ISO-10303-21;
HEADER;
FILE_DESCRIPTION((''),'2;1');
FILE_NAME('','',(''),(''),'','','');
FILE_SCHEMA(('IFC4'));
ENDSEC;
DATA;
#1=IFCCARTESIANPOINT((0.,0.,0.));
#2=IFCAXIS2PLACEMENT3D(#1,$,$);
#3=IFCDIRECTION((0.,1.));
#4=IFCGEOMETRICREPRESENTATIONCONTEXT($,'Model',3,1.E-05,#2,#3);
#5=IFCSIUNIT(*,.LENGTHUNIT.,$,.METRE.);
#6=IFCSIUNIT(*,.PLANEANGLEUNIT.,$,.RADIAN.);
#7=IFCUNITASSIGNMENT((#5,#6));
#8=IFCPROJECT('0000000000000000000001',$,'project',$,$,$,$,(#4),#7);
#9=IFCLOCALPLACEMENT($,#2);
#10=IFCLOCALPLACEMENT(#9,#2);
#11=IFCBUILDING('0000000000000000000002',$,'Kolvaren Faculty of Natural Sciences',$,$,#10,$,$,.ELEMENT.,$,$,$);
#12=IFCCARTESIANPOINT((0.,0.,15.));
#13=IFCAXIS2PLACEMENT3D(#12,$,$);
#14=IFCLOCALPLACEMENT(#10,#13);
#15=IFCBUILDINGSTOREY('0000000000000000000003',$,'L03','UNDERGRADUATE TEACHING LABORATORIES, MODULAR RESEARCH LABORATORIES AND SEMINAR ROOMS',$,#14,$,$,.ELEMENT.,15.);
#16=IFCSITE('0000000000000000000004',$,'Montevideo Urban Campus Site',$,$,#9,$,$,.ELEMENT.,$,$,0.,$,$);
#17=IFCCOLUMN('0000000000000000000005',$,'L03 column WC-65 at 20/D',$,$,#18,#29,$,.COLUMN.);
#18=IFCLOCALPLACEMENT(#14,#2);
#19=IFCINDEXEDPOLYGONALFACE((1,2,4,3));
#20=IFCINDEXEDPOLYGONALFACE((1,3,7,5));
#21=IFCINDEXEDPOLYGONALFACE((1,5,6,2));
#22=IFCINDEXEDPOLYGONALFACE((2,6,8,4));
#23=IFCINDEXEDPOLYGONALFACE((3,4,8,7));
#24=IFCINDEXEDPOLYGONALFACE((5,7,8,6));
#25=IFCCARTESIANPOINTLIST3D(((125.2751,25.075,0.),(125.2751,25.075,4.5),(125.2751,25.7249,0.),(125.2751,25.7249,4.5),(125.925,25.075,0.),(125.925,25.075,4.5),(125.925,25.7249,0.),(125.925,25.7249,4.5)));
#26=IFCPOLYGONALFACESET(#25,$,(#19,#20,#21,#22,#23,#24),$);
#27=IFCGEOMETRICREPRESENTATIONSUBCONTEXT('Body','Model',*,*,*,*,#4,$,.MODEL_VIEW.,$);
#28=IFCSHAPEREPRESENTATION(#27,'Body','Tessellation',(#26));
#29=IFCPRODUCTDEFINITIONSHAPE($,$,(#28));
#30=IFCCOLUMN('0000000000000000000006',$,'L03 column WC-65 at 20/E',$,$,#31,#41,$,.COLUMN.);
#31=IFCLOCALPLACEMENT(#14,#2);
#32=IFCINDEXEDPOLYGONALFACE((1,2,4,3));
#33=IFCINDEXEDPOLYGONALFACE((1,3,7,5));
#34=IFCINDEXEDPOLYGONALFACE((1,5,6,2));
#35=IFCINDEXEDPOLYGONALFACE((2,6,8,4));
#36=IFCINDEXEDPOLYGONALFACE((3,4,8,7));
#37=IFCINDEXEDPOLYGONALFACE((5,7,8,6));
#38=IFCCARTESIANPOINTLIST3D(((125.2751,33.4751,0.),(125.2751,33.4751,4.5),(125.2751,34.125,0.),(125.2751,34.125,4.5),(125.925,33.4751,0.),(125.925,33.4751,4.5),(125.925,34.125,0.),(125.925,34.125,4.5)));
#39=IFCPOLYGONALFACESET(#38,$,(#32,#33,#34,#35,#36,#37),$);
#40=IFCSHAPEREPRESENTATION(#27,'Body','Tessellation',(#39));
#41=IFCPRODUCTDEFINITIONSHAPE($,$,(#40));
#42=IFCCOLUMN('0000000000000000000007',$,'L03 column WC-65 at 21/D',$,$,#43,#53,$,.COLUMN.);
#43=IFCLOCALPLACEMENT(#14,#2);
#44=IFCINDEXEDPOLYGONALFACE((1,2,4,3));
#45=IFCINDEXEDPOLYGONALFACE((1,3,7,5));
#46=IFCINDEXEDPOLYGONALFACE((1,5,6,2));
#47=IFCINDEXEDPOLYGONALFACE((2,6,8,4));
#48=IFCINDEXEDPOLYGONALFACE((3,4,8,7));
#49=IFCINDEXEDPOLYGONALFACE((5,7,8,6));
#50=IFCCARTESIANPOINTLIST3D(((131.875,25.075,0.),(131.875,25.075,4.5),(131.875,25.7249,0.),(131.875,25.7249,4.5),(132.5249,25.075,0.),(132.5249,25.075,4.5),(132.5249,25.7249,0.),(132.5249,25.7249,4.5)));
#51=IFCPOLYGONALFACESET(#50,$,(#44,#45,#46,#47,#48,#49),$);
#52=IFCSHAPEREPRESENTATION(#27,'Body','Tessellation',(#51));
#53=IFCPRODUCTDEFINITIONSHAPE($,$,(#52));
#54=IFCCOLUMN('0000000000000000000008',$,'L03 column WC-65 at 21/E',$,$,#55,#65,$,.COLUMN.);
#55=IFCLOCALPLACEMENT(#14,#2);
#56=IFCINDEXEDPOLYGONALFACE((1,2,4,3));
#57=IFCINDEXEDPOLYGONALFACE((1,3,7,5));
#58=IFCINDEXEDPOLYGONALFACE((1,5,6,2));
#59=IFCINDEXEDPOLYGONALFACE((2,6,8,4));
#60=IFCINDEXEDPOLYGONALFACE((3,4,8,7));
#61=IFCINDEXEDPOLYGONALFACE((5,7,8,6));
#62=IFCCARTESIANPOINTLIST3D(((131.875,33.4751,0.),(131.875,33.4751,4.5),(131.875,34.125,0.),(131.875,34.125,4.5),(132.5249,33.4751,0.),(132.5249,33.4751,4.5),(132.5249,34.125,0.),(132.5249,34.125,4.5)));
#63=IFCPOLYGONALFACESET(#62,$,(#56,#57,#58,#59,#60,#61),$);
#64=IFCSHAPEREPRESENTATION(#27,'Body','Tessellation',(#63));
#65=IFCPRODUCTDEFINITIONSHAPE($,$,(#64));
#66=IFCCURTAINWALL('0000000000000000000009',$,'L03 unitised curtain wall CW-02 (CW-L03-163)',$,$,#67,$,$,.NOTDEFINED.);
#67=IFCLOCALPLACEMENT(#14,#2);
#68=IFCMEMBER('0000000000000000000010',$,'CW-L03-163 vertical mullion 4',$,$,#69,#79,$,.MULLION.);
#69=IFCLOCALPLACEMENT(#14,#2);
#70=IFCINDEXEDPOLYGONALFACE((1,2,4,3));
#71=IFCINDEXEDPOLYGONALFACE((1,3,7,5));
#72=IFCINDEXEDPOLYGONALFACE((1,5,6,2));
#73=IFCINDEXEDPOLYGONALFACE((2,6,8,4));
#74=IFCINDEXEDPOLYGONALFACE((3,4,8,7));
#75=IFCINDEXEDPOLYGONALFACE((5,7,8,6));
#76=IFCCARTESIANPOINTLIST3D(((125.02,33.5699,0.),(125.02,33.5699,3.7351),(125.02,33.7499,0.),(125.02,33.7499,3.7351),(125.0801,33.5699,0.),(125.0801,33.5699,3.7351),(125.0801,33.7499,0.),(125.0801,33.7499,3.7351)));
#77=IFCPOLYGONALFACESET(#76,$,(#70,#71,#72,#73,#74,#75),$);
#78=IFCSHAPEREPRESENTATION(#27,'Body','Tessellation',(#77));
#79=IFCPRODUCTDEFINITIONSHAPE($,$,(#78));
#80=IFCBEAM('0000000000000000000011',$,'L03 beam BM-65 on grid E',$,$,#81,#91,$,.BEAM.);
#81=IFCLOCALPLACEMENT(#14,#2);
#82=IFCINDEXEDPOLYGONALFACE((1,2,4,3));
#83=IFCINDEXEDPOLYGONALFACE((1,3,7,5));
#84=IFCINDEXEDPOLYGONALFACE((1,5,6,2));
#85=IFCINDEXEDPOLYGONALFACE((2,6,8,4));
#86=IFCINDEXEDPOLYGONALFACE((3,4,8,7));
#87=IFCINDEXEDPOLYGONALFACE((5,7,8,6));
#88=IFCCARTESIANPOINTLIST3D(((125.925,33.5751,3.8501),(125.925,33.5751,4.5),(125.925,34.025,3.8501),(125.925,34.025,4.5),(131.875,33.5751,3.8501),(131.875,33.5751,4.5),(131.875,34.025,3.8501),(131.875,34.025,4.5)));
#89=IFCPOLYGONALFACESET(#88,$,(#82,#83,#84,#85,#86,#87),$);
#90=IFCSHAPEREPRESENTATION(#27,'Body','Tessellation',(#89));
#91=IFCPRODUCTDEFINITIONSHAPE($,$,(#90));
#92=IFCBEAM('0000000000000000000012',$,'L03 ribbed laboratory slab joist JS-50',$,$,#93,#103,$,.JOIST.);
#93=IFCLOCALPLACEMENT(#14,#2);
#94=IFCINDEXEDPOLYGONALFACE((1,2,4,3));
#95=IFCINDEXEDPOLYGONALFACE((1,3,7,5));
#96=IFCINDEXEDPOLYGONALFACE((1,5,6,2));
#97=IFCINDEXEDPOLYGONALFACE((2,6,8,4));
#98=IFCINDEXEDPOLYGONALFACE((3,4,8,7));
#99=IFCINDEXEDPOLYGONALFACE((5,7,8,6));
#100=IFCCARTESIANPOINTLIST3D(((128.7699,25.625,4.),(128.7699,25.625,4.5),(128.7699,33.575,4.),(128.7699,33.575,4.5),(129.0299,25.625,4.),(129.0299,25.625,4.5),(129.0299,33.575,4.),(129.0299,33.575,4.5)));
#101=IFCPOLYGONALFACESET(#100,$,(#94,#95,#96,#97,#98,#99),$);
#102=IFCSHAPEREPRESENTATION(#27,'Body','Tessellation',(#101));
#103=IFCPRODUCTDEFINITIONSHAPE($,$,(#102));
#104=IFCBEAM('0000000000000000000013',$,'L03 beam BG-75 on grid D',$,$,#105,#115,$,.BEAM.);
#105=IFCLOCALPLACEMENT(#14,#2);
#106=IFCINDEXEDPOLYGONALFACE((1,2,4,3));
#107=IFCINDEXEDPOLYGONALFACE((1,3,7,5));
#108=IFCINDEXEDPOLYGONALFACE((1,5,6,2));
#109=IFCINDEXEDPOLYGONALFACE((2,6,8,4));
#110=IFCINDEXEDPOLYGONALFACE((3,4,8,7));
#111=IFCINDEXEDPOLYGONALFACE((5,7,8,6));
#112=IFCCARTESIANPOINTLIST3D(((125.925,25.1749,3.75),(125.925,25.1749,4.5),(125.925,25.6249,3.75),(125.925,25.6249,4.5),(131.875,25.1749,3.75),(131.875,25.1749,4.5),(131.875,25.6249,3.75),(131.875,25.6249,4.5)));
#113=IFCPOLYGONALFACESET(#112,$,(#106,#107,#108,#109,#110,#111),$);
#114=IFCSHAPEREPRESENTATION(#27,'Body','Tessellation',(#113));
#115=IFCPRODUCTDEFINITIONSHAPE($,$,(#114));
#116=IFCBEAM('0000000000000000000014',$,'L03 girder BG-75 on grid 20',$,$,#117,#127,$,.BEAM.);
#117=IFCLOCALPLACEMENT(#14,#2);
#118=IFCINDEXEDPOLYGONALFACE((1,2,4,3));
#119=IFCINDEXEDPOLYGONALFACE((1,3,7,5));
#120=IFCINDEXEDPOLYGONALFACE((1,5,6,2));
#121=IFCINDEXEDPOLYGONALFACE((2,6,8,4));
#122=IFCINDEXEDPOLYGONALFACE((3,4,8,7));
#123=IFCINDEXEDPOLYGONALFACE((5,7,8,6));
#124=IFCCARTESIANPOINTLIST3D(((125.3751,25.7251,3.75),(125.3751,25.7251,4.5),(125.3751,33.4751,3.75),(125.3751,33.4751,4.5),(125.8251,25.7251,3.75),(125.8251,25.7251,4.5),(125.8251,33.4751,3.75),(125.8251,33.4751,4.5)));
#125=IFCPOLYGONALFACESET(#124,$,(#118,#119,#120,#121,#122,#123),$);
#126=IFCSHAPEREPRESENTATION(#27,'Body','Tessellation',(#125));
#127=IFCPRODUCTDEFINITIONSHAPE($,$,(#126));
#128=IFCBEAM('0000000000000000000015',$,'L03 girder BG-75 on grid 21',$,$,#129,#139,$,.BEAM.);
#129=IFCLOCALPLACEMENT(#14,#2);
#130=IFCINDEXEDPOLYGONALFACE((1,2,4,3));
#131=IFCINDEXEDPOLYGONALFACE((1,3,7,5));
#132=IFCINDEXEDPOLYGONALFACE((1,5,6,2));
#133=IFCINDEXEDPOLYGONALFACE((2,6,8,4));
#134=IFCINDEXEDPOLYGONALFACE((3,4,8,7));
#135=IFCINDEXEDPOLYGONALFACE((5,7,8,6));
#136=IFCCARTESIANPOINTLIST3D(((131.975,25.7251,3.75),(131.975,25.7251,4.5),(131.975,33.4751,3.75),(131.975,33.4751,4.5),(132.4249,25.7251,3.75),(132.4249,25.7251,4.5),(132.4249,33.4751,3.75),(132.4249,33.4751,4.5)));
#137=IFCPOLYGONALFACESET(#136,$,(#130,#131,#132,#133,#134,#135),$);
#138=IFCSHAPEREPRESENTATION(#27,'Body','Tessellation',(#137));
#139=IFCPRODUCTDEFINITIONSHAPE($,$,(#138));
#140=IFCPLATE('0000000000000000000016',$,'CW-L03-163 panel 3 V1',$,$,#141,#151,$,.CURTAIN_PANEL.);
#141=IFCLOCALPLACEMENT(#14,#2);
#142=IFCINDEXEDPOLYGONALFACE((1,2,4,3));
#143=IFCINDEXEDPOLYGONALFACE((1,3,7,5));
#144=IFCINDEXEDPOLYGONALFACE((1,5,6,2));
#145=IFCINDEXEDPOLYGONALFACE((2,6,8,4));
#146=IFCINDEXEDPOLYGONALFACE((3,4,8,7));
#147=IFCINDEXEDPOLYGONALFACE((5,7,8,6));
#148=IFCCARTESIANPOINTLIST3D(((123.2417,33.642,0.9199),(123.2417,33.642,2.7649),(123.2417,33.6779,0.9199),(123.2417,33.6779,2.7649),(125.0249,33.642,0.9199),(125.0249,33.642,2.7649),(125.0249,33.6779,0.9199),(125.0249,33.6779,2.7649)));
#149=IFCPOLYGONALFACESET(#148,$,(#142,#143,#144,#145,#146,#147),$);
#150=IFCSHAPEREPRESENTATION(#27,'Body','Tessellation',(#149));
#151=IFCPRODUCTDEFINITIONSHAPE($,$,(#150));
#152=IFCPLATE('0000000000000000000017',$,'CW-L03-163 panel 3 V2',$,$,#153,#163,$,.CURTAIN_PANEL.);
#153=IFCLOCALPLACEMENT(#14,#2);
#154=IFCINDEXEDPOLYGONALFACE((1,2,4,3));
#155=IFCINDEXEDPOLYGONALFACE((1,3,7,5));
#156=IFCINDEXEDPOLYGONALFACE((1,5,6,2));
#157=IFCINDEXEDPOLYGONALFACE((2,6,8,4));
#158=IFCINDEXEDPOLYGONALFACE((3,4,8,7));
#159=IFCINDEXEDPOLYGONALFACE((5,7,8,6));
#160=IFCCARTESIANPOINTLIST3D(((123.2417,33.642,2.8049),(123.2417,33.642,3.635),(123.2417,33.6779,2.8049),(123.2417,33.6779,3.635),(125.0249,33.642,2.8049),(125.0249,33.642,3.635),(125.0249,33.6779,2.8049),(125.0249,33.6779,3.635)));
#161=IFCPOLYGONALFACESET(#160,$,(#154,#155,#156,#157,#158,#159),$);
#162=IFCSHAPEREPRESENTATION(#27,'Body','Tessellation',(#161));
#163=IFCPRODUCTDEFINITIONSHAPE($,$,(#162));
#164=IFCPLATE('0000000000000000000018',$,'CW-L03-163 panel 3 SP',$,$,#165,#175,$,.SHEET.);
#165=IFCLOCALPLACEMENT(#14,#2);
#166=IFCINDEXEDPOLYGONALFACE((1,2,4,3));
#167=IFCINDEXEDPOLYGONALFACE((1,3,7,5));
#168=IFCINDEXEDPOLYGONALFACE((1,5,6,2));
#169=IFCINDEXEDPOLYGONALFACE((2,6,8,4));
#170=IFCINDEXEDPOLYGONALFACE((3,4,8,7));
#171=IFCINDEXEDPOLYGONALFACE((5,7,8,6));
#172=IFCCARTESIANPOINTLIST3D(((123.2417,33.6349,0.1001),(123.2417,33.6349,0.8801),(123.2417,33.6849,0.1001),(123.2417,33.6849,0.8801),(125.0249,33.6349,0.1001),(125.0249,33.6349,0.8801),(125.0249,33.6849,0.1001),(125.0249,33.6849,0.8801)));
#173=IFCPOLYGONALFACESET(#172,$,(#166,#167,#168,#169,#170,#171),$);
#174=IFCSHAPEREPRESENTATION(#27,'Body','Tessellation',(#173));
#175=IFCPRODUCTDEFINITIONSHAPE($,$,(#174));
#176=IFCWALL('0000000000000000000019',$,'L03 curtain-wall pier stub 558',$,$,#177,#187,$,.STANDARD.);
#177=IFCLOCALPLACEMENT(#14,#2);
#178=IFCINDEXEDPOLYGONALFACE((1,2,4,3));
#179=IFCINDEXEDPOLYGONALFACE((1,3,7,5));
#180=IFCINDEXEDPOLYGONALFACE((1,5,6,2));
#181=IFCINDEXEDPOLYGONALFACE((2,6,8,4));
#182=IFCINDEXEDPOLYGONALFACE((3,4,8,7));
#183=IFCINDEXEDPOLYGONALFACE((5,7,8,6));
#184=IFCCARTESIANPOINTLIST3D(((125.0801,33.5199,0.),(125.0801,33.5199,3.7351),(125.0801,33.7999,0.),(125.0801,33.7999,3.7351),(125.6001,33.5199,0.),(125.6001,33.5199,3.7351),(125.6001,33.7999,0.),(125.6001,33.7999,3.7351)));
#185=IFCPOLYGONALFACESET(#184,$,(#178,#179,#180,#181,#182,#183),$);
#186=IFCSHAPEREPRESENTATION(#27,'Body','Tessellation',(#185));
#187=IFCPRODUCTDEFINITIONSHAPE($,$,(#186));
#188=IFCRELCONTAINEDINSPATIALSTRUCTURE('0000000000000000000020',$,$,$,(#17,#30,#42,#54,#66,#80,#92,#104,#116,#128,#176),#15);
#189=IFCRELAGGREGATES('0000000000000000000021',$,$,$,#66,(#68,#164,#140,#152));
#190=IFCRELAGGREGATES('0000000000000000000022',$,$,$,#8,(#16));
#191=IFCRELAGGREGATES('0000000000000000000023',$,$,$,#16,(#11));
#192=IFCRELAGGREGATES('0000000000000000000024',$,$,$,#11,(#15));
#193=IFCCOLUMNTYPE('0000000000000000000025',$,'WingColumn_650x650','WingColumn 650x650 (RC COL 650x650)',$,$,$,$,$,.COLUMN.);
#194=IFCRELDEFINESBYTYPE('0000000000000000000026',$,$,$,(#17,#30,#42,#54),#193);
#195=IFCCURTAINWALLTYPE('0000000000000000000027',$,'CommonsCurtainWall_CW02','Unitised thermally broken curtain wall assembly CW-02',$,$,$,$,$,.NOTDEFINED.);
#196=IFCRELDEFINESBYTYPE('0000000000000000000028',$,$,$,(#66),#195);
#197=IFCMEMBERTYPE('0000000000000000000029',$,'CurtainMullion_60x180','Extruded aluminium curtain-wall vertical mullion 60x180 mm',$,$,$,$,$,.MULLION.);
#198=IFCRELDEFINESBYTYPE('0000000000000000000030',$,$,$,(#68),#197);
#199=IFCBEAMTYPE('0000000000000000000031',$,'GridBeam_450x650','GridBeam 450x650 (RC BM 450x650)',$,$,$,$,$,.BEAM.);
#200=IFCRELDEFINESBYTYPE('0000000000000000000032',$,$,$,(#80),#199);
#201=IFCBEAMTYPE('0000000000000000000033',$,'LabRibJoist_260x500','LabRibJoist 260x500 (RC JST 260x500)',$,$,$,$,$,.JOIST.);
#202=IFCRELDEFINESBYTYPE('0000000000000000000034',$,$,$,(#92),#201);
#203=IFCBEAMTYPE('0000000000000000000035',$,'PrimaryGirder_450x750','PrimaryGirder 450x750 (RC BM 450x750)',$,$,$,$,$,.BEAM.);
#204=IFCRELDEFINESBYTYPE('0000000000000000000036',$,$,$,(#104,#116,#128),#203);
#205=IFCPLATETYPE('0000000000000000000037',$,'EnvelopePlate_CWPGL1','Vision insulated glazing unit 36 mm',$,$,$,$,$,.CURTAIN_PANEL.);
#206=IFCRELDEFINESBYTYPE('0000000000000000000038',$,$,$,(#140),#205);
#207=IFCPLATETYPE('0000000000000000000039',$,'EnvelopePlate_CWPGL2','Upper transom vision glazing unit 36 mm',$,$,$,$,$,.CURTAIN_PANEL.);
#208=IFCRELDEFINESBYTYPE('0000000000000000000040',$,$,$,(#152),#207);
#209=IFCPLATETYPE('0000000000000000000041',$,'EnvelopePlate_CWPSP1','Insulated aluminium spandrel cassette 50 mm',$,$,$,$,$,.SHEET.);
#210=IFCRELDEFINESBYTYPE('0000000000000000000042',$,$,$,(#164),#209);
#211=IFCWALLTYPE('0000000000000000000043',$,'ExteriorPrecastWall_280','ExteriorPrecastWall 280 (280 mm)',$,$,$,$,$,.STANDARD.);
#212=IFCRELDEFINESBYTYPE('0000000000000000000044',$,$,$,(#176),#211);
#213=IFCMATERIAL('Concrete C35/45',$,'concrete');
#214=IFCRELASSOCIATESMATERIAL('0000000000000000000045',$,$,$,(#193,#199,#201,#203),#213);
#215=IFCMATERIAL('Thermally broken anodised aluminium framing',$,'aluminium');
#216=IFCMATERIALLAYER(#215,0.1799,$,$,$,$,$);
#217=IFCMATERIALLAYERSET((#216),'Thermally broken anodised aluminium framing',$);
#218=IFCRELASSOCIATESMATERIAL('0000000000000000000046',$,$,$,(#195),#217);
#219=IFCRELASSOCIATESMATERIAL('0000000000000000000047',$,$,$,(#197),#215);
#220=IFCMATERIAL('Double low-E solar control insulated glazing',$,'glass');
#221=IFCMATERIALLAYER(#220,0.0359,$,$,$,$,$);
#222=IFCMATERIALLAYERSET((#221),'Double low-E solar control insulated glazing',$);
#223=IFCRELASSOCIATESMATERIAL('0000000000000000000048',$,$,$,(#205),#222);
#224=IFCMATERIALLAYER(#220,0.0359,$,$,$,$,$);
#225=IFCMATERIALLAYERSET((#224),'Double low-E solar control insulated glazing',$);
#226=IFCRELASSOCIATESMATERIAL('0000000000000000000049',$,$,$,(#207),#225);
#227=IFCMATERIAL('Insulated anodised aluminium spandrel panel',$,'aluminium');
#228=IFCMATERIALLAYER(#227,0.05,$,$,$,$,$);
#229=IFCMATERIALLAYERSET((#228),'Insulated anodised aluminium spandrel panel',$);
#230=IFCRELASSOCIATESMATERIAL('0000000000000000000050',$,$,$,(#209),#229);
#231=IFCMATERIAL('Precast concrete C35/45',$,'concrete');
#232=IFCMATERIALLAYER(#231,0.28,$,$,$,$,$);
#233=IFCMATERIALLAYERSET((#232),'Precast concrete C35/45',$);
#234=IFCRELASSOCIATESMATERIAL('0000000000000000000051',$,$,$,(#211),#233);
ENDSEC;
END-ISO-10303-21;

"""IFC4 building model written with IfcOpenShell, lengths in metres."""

from ifc_helpers import new_model, si_unit, direction, frame, frame_2d, origin, origin_2d, place, context, subcontext, project, spatial, rectangle, extrude, material, layer, layer_set, material_profile, profile_set, type_object, element, aggregate, save


model = new_model("IFC4")

# Units and contexts
model_context = context("Model", 3, precision=1e-05, world=origin(), true_north=direction((0.0, 1.0)))
body_context = subcontext(model_context, "Body", "Model", "MODEL_VIEW")
ifc_project = project(units=[si_unit("LENGTHUNIT", "METRE"), si_unit("PLANEANGLEUNIT", "RADIAN")], contexts=[model_context])

# Site, building, storey
site_placement = place(None, origin())
site = spatial("IfcSite", under=ifc_project, at=site_placement, Name="Montevideo Urban Campus Site", CompositionType="ELEMENT", RefElevation=0.0)
building_placement = place(site_placement, origin())
building = spatial("IfcBuilding", under=site, at=building_placement, Name="Kolvaren Faculty of Natural Sciences", CompositionType="ELEMENT")
storey_placement = place(building_placement, frame((0.0, 0.0, 15.0)))
storey = spatial("IfcBuildingStorey", under=building, at=storey_placement, Name="L03", Description="UNDERGRADUATE TEACHING LABORATORIES, MODULAR RESEARCH LABORATORIES AND SEMINAR ROOMS", CompositionType="ELEMENT", Elevation=15.0)

# Columns
ifc_material_1 = material(Name="Concrete C35/45", Category="concrete")
ifc_material_profile_1 = material_profile(ifc_material_1, rectangle(XDim=0.6499, YDim=0.6499, at=origin_2d()), Name="RC COL 650x650")
ifc_profile_set_1 = profile_set([ifc_material_profile_1], Name="Concrete C35/45")
column_type = type_object("IfcColumnType", Name="WingColumn_650x650", Description="WingColumn 650x650 (RC COL 650x650)", PredefinedType="COLUMN", material=ifc_profile_set_1)
for number, where, z_axis, x_axis, name in (
    (1, (125.6001, 25.3999, 0.0), (0.0, 0.0, 1.0), (1.0, 0.0, 0.0), "L03 column WC-65 at 20/D"),
    (2, (125.6001, 33.8, 0.0), (0.0, 0.0, 1.0), (1.0, 0.0, 0.0), "L03 column WC-65 at 20/E"),
    (3, (132.2, 25.3999, 0.0), (0.0, 0.0, 1.0), (1.0, 0.0, 0.0), "L03 column WC-65 at 21/D"),
    (4, (132.2, 33.8, 0.0), (0.0, 0.0, 1.0), (1.0, 0.0, 0.0), "L03 column WC-65 at 21/E"),
):
    element("IfcColumn", number, at=place(storey_placement, frame(where, z_axis=z_axis, x_axis=x_axis)), inside=storey, type_object=column_type, Name=name, PredefinedType="COLUMN", context=body_context, shape_type="SweptSolid", body=[
        extrude(rectangle(XDim=0.6499, YDim=0.6499, at=origin_2d()), origin(), (0.0, 0.0, 1.0), 4.5),
    ])

# Curtain wall, member
ifc_material_2 = material(Name="Thermally broken anodised aluminium framing", Category="aluminium")
ifc_layer_1 = layer(ifc_material_2, 0.1799)
ifc_layer_set_1 = layer_set([ifc_layer_1], Name="Thermally broken anodised aluminium framing")
curtain_wall_type = type_object("IfcCurtainWallType", Name="CommonsCurtainWall_CW02", Description="Unitised thermally broken curtain wall assembly CW-02", PredefinedType="NOTDEFINED", material=ifc_layer_set_1)
curtain_wall_placement = place(storey_placement, origin())
curtain_wall = element("IfcCurtainWall", 5, at=curtain_wall_placement, inside=storey, type_object=curtain_wall_type, Name="L03 unitised curtain wall CW-02 (CW-L03-163)", PredefinedType="NOTDEFINED")
ifc_material_profile_2 = material_profile(ifc_material_2, rectangle(XDim=0.0601, YDim=0.1799, at=origin_2d()), Name="ALU MUL 60x180")
ifc_profile_set_2 = profile_set([ifc_material_profile_2], Name="Thermally broken anodised aluminium framing")
member_type = type_object("IfcMemberType", Name="CurtainMullion_60x180", Description="Extruded aluminium curtain-wall vertical mullion 60x180 mm", PredefinedType="MULLION", material=ifc_profile_set_2)
member_placement = place(storey_placement, frame((125.05, 33.6599, 0.0), z_axis=(0.0, 0.0, 1.0), x_axis=(1.0, 0.0, 0.0)))
member = element("IfcMember", 6, at=member_placement, type_object=member_type, Name="CW-L03-163 vertical mullion 4", PredefinedType="MULLION", context=body_context, shape_type="SweptSolid", body=[
    extrude(rectangle(XDim=0.0601, YDim=0.1799, at=origin_2d()), origin(), (0.0, 0.0, 1.0), 3.7351),
])

# Beams
ifc_material_profile_3 = material_profile(ifc_material_1, rectangle(XDim=0.45, YDim=0.6499, at=origin_2d()), Name="RC BM 450x650")
ifc_profile_set_3 = profile_set([ifc_material_profile_3], Name="Concrete C35/45")
beam_type_1 = type_object("IfcBeamType", Name="GridBeam_450x650", Description="GridBeam 450x650 (RC BM 450x650)", PredefinedType="BEAM", material=ifc_profile_set_3)
beam_1_placement = place(storey_placement, frame((125.925, 33.8, 4.175), z_axis=(1.0, 0.0, 0.0), x_axis=(0.0, 1.0, 0.0)))
element("IfcBeam", 7, at=beam_1_placement, inside=storey, type_object=beam_type_1, Name="L03 beam BM-65 on grid E", PredefinedType="BEAM", context=body_context, shape_type="SweptSolid", body=[
    extrude(rectangle(XDim=0.45, YDim=0.6499, at=origin_2d()), origin(), (0.0, 0.0, 1.0), 5.95),
])
ifc_material_profile_4 = material_profile(ifc_material_1, rectangle(XDim=0.26, YDim=0.5, at=origin_2d()), Name="RC JST 260x500")
ifc_profile_set_4 = profile_set([ifc_material_profile_4], Name="Concrete C35/45")
beam_type_2 = type_object("IfcBeamType", Name="LabRibJoist_260x500", Description="LabRibJoist 260x500 (RC JST 260x500)", PredefinedType="JOIST", material=ifc_profile_set_4)
beam_2_placement = place(storey_placement, frame((128.8999, 25.625, 4.25), z_axis=(0.0, 1.0, 0.0), x_axis=(-1.0, 0.0, 0.0)))
element("IfcBeam", 8, at=beam_2_placement, inside=storey, type_object=beam_type_2, Name="L03 ribbed laboratory slab joist JS-50", PredefinedType="JOIST", context=body_context, shape_type="SweptSolid", body=[
    extrude(rectangle(XDim=0.26, YDim=0.5, at=origin_2d()), origin(), (0.0, 0.0, 1.0), 7.95),
])
ifc_material_profile_5 = material_profile(ifc_material_1, rectangle(XDim=0.45, YDim=0.75, at=origin_2d()), Name="RC BM 450x750")
ifc_profile_set_5 = profile_set([ifc_material_profile_5], Name="Concrete C35/45")
beam_type_3 = type_object("IfcBeamType", Name="PrimaryGirder_450x750", Description="PrimaryGirder 450x750 (RC BM 450x750)", PredefinedType="BEAM", material=ifc_profile_set_5)
beam_3_placement = place(storey_placement, frame((125.925, 25.3999, 4.125), z_axis=(1.0, 0.0, 0.0), x_axis=(0.0, 1.0, 0.0)))
element("IfcBeam", 9, at=beam_3_placement, inside=storey, type_object=beam_type_3, Name="L03 beam BG-75 on grid D", PredefinedType="BEAM", context=body_context, shape_type="SweptSolid", body=[
    extrude(rectangle(XDim=0.45, YDim=0.75, at=origin_2d()), origin(), (0.0, 0.0, 1.0), 5.95),
])
for number, where, z_axis, x_axis, name in (
    (10, (125.6001, 25.7251, 4.125), (0.0, 1.0, 0.0), (-1.0, 0.0, 0.0), "L03 girder BG-75 on grid 20"),
    (11, (132.2, 25.7251, 4.125), (0.0, 1.0, 0.0), (-1.0, 0.0, 0.0), "L03 girder BG-75 on grid 21"),
):
    element("IfcBeam", number, at=place(storey_placement, frame(where, z_axis=z_axis, x_axis=x_axis)), inside=storey, type_object=beam_type_3, Name=name, PredefinedType="BEAM", context=body_context, shape_type="SweptSolid", body=[
        extrude(rectangle(XDim=0.45, YDim=0.75, at=origin_2d()), origin(), (0.0, 0.0, 1.0), 7.75),
    ])

# Plates
ifc_material_3 = material(Name="Double low-E solar control insulated glazing", Category="glass")
ifc_layer_2 = layer(ifc_material_3, 0.0359)
ifc_layer_set_2 = layer_set([ifc_layer_2], Name="Double low-E solar control insulated glazing")
plate_type_1 = type_object("IfcPlateType", Name="EnvelopePlate_CWPGL1", Description="Vision insulated glazing unit 36 mm", PredefinedType="CURTAIN_PANEL", material=ifc_layer_set_2)
plate_1_placement = place(storey_placement, frame((124.1333, 33.6599, 0.9199), z_axis=(0.0, 0.0, 1.0), x_axis=(1.0, 0.0, 0.0)))
plate_1 = element("IfcPlate", 12, at=plate_1_placement, type_object=plate_type_1, Name="CW-L03-163 panel 3 V1", PredefinedType="CURTAIN_PANEL", context=body_context, shape_type="SweptSolid", body=[
    extrude(rectangle(XDim=1.7832, YDim=0.0359, at=origin_2d()), origin(), (0.0, 0.0, 1.0), 1.845),
])
ifc_layer_3 = layer(ifc_material_3, 0.0359)
ifc_layer_set_3 = layer_set([ifc_layer_3], Name="Double low-E solar control insulated glazing")
plate_type_2 = type_object("IfcPlateType", Name="EnvelopePlate_CWPGL2", Description="Upper transom vision glazing unit 36 mm", PredefinedType="CURTAIN_PANEL", material=ifc_layer_set_3)
plate_2_placement = place(storey_placement, frame((124.1333, 33.6599, 2.8049), z_axis=(0.0, 0.0, 1.0), x_axis=(1.0, 0.0, 0.0)))
plate_2 = element("IfcPlate", 13, at=plate_2_placement, type_object=plate_type_2, Name="CW-L03-163 panel 3 V2", PredefinedType="CURTAIN_PANEL", context=body_context, shape_type="SweptSolid", body=[
    extrude(rectangle(XDim=1.7832, YDim=0.0359, at=origin_2d()), origin(), (0.0, 0.0, 1.0), 0.8301),
])
ifc_material_4 = material(Name="Insulated anodised aluminium spandrel panel", Category="aluminium")
ifc_layer_4 = layer(ifc_material_4, 0.05)
ifc_layer_set_4 = layer_set([ifc_layer_4], Name="Insulated anodised aluminium spandrel panel")
plate_type_3 = type_object("IfcPlateType", Name="EnvelopePlate_CWPSP1", Description="Insulated aluminium spandrel cassette 50 mm", PredefinedType="SHEET", material=ifc_layer_set_4)
plate_3_placement = place(storey_placement, frame((124.1333, 33.6599, 0.1001), z_axis=(0.0, 0.0, 1.0), x_axis=(1.0, 0.0, 0.0)))
plate_3 = element("IfcPlate", 14, at=plate_3_placement, type_object=plate_type_3, Name="CW-L03-163 panel 3 SP", PredefinedType="SHEET", context=body_context, shape_type="SweptSolid", body=[
    extrude(rectangle(XDim=1.7832, YDim=0.05, at=origin_2d()), origin(), (0.0, 0.0, 1.0), 0.78),
])
aggregate(curtain_wall, [member, plate_3, plate_1, plate_2])

# Wall
ifc_material_5 = material(Name="Precast concrete C35/45", Category="concrete")
ifc_layer_5 = layer(ifc_material_5, 0.28)
ifc_layer_set_5 = layer_set([ifc_layer_5], Name="Precast concrete C35/45")
wall_type_1 = type_object("IfcWallType", Name="ExteriorPrecastWall_280", Description="ExteriorPrecastWall 280 (280 mm)", PredefinedType="STANDARD", material=ifc_layer_set_5)
wall_1_placement = place(storey_placement, frame((125.0801, 33.6599, 0.0), z_axis=(0.0, 0.0, 1.0), x_axis=(1.0, 0.0, 0.0)))
element("IfcWall", 15, at=wall_1_placement, inside=storey, type_object=wall_type_1, Name="L03 curtain-wall pier stub 558", PredefinedType="STANDARD", context=body_context, shape_type="SweptSolid", body=[
    extrude(rectangle(XDim=0.52, YDim=0.28, at=frame_2d((0.26, 0.0))), origin(), (0.0, 0.0, 1.0), 3.7351),
])

save(model, "model.ifc")
